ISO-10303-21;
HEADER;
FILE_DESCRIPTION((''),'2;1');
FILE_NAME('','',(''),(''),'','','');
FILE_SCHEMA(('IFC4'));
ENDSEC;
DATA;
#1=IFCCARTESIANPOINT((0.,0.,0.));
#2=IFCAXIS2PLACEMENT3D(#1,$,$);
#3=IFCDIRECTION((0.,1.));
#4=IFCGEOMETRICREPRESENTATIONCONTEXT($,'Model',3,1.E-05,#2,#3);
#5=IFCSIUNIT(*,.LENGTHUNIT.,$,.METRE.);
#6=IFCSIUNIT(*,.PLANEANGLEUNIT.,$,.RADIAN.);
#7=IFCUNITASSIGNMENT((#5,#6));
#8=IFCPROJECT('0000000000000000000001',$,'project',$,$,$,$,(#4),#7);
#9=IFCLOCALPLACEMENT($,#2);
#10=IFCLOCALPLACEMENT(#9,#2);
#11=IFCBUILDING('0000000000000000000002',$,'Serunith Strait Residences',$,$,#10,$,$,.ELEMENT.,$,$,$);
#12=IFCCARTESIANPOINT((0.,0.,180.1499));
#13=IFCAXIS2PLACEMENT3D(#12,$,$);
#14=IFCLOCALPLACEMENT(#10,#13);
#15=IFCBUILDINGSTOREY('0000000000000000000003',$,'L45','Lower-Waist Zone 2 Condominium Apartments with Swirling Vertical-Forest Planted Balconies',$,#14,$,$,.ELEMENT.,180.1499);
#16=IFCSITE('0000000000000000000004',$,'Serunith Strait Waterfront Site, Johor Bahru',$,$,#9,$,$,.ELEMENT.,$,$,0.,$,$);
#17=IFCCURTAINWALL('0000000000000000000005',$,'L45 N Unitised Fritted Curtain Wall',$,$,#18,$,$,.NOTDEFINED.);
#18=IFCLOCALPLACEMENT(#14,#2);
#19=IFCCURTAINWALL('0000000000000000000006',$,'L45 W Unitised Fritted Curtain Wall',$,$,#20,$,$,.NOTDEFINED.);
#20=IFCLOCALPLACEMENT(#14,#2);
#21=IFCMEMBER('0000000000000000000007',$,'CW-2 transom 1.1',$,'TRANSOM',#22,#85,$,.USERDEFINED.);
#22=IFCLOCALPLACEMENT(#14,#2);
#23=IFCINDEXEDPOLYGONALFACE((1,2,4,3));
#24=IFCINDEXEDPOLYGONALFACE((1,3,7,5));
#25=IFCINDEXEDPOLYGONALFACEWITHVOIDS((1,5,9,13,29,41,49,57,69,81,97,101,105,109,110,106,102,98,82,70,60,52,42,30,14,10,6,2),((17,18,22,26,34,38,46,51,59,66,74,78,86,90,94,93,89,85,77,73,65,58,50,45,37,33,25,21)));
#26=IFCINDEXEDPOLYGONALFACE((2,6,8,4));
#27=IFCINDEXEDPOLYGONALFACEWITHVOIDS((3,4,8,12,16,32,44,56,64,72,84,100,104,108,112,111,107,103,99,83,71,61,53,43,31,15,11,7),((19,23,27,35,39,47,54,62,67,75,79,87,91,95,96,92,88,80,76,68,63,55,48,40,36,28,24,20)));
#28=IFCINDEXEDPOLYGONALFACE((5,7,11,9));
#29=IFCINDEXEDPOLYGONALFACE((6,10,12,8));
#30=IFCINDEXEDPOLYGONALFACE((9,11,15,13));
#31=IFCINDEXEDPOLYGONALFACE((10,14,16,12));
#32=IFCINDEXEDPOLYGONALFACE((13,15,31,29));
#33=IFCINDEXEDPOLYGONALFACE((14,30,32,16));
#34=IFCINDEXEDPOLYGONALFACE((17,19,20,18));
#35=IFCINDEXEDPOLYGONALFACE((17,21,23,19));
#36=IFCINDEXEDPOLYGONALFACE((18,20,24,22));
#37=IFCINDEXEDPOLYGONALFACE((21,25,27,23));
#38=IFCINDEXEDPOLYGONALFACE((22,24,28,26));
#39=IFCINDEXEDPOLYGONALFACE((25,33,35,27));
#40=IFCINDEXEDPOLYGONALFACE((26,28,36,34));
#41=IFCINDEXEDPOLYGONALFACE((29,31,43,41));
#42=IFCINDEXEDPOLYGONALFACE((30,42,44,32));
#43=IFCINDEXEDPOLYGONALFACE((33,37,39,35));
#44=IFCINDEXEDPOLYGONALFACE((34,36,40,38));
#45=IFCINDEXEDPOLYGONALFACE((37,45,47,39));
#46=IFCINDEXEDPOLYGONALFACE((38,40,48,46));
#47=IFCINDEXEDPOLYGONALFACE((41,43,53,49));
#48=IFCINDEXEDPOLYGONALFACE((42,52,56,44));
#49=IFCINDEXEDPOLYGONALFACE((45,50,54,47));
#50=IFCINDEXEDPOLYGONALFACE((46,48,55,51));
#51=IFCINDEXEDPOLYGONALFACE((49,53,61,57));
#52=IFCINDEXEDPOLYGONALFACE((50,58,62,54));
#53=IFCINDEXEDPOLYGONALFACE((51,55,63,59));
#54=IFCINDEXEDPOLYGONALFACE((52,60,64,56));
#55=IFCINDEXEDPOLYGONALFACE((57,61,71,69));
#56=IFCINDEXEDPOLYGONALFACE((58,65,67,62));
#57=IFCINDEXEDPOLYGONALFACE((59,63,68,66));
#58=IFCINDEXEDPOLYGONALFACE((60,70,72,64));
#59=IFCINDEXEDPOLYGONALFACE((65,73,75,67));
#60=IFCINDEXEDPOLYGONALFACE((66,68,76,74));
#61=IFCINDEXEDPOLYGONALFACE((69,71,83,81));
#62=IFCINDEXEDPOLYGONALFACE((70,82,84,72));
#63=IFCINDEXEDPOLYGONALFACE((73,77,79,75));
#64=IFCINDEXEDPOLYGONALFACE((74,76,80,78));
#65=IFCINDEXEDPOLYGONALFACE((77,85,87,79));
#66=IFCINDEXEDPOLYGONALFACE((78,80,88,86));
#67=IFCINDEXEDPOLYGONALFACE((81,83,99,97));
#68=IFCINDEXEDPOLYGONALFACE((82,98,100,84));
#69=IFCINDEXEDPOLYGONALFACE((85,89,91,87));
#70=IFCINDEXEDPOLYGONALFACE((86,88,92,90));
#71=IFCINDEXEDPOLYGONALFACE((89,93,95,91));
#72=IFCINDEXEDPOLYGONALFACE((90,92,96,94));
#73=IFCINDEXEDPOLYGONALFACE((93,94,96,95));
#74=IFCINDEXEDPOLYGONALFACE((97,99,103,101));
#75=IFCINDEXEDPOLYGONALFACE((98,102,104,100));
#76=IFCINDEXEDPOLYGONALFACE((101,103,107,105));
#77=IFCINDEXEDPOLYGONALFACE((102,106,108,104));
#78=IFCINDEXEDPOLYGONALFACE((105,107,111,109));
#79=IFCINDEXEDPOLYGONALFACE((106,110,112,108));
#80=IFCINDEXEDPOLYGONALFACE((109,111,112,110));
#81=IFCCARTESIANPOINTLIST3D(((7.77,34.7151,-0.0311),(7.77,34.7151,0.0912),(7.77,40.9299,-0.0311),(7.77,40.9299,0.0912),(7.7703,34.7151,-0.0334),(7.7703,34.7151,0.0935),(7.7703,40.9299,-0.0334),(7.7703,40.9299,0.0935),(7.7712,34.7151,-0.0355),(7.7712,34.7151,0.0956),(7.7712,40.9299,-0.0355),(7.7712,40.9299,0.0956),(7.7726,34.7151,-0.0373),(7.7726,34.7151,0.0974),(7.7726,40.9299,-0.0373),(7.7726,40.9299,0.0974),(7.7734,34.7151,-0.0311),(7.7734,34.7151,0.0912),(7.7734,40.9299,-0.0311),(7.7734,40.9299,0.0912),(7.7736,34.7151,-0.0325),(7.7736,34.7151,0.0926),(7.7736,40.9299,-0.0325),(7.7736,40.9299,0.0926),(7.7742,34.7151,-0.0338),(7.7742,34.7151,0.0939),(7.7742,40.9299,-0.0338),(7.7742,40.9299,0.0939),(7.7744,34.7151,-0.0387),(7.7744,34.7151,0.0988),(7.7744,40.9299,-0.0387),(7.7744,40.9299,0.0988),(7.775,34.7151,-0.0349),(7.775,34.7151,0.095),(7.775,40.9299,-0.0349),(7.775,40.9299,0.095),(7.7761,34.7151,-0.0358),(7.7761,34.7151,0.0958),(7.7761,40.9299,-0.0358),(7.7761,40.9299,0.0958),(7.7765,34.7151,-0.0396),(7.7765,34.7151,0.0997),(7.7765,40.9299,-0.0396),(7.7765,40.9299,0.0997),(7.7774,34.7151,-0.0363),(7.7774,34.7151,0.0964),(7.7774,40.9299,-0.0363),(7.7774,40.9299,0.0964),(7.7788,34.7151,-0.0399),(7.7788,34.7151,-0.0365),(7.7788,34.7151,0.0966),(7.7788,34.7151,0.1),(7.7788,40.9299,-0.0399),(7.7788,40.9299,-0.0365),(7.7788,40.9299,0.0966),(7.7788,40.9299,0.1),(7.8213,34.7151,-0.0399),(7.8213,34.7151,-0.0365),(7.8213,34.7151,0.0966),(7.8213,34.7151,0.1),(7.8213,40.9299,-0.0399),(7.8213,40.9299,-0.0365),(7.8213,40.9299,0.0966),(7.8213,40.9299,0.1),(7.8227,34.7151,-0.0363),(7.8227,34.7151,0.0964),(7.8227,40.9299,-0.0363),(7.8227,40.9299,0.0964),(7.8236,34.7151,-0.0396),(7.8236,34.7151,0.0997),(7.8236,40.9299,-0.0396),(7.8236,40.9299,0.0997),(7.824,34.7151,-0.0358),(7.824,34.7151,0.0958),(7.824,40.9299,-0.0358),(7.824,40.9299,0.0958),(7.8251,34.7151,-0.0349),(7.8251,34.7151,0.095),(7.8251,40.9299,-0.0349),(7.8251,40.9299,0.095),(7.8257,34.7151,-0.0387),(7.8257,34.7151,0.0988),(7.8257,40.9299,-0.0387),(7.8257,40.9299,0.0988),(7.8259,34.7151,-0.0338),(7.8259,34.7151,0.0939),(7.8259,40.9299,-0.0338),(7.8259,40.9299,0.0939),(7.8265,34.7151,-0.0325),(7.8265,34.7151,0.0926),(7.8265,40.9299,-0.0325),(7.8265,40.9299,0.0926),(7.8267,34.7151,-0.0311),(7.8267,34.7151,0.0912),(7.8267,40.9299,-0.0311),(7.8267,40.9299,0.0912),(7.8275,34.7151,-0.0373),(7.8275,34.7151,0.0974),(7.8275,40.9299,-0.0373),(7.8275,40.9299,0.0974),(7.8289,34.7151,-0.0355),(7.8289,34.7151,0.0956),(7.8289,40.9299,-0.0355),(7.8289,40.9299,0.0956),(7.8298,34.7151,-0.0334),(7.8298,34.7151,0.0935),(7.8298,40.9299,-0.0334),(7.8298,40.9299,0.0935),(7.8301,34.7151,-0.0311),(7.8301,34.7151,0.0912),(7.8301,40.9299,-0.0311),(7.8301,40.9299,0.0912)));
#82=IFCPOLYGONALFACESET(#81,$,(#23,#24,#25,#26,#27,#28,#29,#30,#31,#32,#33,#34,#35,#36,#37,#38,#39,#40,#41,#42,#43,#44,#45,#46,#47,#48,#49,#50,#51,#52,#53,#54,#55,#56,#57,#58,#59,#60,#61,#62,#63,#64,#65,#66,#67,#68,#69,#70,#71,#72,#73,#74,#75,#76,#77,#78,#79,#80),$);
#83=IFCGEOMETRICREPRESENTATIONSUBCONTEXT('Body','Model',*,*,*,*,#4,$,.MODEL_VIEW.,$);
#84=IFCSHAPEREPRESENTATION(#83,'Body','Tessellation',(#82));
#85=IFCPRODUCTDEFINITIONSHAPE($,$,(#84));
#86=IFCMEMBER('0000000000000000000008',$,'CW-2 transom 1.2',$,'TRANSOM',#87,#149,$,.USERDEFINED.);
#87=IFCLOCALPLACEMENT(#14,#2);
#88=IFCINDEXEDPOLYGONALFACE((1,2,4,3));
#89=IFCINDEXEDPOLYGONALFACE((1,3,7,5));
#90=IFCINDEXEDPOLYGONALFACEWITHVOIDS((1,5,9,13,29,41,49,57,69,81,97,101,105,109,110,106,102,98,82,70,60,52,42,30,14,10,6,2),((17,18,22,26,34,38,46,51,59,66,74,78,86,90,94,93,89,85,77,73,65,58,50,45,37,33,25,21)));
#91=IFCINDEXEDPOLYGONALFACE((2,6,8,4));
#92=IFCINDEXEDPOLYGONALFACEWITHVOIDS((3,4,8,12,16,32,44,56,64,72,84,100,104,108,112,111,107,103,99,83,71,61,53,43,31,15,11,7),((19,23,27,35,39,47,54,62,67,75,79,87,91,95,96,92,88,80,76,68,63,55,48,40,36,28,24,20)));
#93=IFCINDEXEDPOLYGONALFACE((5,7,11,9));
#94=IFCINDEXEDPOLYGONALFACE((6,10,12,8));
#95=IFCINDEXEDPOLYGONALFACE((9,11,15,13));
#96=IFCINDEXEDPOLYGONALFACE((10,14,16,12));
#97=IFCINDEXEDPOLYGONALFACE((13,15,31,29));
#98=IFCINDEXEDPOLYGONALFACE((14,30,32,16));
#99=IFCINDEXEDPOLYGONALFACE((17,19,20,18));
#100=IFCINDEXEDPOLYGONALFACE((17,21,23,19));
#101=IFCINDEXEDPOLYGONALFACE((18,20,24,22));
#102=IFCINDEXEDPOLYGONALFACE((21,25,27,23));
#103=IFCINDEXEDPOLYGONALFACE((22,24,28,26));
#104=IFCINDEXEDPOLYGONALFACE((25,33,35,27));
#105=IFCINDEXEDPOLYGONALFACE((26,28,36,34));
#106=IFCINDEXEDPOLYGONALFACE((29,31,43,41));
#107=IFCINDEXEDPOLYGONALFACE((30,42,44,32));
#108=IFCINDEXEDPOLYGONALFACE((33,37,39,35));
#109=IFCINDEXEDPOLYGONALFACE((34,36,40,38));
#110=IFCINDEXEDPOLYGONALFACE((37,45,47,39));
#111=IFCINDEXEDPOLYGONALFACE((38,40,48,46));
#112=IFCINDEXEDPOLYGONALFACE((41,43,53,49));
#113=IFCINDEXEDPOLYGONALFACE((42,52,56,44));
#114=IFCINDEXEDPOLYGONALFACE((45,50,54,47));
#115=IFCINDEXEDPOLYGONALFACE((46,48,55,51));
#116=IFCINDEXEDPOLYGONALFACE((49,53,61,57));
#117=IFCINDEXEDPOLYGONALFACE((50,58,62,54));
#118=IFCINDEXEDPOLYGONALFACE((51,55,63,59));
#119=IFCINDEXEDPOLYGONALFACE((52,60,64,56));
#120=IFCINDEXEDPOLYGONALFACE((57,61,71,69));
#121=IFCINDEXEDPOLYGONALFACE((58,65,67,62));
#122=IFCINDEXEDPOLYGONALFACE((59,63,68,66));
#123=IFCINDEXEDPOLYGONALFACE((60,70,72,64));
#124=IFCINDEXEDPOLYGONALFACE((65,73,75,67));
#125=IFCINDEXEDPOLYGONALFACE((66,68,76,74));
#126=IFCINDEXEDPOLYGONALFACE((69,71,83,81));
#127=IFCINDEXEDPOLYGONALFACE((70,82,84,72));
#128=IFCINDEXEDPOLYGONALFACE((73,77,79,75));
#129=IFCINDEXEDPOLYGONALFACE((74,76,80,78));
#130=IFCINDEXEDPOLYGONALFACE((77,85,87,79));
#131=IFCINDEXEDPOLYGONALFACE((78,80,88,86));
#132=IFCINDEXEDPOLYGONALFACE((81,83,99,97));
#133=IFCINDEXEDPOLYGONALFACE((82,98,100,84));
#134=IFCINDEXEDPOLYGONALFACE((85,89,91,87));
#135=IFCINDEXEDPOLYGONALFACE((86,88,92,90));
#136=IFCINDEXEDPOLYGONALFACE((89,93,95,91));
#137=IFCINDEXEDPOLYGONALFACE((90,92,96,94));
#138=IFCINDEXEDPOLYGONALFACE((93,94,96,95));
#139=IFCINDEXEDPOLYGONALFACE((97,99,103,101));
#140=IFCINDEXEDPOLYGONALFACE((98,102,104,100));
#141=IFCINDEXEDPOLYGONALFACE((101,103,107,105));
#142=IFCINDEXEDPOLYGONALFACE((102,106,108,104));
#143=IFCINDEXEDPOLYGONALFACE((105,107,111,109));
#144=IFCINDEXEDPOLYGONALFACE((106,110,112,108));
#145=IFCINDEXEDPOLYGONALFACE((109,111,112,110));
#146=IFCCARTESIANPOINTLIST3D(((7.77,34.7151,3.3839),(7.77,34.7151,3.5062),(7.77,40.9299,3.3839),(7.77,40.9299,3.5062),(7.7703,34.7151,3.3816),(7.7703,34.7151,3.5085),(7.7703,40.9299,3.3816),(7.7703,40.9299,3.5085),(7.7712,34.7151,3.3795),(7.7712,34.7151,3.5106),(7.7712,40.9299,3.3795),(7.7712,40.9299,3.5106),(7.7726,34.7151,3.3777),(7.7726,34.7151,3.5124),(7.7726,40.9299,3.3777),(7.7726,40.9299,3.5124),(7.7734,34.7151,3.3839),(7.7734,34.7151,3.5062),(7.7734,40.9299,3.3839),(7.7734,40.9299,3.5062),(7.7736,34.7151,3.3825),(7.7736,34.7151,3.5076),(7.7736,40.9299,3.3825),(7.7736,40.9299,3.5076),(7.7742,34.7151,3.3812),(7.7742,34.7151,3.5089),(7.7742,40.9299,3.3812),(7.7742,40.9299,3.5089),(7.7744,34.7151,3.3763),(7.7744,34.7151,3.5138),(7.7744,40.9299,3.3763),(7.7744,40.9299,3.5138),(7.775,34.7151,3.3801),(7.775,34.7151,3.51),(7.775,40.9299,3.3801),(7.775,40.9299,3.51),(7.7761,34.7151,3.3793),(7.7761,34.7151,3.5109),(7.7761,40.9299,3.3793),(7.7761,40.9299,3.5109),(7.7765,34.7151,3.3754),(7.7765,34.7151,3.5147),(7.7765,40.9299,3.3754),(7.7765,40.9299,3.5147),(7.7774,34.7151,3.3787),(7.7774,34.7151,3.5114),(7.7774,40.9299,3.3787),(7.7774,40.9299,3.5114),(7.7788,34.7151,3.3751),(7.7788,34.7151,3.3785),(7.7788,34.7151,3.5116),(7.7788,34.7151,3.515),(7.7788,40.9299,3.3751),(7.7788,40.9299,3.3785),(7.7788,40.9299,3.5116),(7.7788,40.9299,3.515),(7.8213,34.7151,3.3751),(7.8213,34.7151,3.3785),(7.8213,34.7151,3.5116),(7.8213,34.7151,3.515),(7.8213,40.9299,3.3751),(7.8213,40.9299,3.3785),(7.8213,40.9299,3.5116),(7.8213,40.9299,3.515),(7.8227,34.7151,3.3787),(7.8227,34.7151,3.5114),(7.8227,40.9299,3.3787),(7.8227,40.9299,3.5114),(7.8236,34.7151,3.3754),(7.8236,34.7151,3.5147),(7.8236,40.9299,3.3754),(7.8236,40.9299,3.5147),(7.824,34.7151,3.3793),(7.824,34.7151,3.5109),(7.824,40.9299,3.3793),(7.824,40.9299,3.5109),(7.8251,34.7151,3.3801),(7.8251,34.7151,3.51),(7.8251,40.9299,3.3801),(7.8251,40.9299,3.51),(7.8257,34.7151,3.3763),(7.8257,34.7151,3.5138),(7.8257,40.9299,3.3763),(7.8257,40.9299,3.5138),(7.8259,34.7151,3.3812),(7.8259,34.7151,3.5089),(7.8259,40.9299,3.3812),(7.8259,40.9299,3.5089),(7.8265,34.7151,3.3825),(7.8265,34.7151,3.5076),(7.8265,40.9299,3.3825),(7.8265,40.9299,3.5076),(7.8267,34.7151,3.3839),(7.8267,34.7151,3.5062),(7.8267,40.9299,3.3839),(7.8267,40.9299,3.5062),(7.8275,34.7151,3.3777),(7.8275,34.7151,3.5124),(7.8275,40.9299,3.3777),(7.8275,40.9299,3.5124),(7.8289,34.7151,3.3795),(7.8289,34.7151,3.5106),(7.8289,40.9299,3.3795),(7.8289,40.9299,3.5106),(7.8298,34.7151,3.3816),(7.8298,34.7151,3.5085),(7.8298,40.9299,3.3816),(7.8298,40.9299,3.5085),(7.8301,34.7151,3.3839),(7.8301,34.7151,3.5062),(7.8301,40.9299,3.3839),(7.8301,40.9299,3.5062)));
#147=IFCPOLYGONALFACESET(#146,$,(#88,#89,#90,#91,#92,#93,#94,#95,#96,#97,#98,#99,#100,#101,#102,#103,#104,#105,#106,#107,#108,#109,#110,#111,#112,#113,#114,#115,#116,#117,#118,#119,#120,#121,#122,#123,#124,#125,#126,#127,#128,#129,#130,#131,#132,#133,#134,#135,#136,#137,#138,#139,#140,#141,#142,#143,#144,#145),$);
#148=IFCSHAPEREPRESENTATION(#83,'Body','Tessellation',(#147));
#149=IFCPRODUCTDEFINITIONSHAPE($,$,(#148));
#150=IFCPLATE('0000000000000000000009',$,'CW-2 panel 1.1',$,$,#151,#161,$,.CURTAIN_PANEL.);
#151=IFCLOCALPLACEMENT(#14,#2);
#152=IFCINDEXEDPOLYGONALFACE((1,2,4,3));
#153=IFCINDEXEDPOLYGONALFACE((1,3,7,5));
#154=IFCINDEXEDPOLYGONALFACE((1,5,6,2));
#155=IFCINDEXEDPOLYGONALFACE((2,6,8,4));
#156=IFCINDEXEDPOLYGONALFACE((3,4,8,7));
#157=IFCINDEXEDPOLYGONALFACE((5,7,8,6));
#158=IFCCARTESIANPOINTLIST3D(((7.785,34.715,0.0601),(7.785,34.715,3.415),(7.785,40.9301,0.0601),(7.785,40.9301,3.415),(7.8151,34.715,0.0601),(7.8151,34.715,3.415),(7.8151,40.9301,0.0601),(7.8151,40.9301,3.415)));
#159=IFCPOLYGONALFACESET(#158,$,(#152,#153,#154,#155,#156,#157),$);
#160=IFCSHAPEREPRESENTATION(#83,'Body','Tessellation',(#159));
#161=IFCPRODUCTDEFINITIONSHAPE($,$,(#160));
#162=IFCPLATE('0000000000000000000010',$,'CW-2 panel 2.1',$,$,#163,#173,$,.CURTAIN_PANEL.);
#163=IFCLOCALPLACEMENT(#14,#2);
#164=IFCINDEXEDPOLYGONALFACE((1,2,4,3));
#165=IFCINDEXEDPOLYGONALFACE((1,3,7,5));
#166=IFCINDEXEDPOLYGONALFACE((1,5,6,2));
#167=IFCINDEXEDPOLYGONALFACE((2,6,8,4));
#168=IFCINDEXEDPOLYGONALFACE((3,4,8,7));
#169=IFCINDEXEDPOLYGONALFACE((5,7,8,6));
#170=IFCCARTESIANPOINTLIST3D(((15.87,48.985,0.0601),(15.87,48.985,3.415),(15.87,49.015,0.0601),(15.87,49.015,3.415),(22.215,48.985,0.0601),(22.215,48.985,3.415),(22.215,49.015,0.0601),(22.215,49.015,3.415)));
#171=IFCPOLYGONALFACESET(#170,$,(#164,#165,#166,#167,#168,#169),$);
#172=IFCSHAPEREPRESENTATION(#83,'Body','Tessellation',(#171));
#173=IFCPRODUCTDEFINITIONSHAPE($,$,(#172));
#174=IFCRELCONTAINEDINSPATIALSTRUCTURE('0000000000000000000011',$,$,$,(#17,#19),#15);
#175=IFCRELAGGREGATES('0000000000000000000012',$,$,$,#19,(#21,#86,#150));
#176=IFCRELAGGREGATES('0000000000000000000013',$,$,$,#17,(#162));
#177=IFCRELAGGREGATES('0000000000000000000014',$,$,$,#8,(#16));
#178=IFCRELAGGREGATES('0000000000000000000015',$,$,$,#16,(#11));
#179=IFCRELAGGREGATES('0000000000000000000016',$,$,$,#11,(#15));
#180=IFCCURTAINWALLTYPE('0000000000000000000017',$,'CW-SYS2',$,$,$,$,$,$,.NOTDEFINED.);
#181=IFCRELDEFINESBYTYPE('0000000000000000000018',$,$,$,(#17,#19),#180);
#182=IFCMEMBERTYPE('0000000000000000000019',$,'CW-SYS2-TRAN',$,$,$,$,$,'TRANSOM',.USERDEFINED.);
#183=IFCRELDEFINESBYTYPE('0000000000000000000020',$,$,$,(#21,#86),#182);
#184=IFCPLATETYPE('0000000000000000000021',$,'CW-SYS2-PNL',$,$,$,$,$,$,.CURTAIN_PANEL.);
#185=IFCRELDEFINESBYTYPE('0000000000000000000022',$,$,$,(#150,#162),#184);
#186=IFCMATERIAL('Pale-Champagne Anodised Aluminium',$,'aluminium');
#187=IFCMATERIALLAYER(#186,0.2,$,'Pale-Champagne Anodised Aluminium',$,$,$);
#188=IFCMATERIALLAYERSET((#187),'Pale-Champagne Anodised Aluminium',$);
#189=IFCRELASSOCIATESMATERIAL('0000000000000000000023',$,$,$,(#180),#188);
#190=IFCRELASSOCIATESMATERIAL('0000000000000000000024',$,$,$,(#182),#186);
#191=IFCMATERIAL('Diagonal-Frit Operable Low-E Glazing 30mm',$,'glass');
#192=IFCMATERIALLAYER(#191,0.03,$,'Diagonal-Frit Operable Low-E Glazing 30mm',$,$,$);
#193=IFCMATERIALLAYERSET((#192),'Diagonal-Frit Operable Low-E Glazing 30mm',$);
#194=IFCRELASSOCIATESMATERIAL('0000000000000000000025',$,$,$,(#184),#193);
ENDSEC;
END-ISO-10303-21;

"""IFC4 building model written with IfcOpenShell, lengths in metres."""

from ifc_helpers import new_model, si_unit, direction, frame, origin, origin_2d, place, context, subcontext, project, spatial, rectangle, hollow_rectangle, extrude, source, transform, mapped, material, layer, layer_set, material_profile, profile_set, type_object, element, aggregate, save


model = new_model("IFC4")

# Units and contexts
model_context = context("Model", 3, precision=1e-05, world=origin(), true_north=direction((0.0, 1.0)))
body_context = subcontext(model_context, "Body", "Model", "MODEL_VIEW")
ifc_project = project(units=[si_unit("LENGTHUNIT", "METRE"), si_unit("PLANEANGLEUNIT", "RADIAN")], contexts=[model_context])

# Site, building, storey
site_placement = place(None, origin())
site = spatial("IfcSite", under=ifc_project, at=site_placement, Name="Serunith Strait Waterfront Site, Johor Bahru", CompositionType="ELEMENT", RefElevation=0.0)
building_placement = place(site_placement, origin())
building = spatial("IfcBuilding", under=site, at=building_placement, Name="Serunith Strait Residences", CompositionType="ELEMENT")
storey_placement = place(building_placement, frame((0.0, 0.0, 180.1499)))
storey = spatial("IfcBuildingStorey", under=building, at=storey_placement, Name="L45", Description="Lower-Waist Zone 2 Condominium Apartments with Swirling Vertical-Forest Planted Balconies", CompositionType="ELEMENT", Elevation=180.1499)

# Curtain wall
ifc_material_1 = material(Name="Pale-Champagne Anodised Aluminium", Category="aluminium")
ifc_layer_1 = layer(ifc_material_1, 0.2, Name="Pale-Champagne Anodised Aluminium")
ifc_layer_set_1 = layer_set([ifc_layer_1], Name="Pale-Champagne Anodised Aluminium")
curtain_wall_type = type_object("IfcCurtainWallType", Name="CW-SYS2", PredefinedType="NOTDEFINED", material=ifc_layer_set_1)
curtain_wall_1_placement = place(storey_placement, origin())
curtain_wall_1 = element("IfcCurtainWall", 1, at=curtain_wall_1_placement, inside=storey, type_object=curtain_wall_type, Name="L45 N Unitised Fritted Curtain Wall", PredefinedType="NOTDEFINED")

# Curtain wall, members, plate
curtain_wall_2_placement = place(storey_placement, origin())
curtain_wall_2 = element("IfcCurtainWall", 2, at=curtain_wall_2_placement, inside=storey, type_object=curtain_wall_type, Name="L45 W Unitised Fritted Curtain Wall", PredefinedType="NOTDEFINED")
ifc_material_profile_1 = material_profile(ifc_material_1, hollow_rectangle(XDim=0.0601, YDim=0.1399, WallThickness=0.0034, InnerFilletRadius=0.0054, OuterFilletRadius=0.0088, at=origin_2d()), Name="ALU 140x60x3.5")
ifc_profile_set_1 = profile_set([ifc_material_profile_1], Name="Pale-Champagne Anodised Aluminium")
member_type_1 = type_object("IfcMemberType", Name="CW-SYS2-TRAN", ElementType="TRANSOM", PredefinedType="USERDEFINED", material=ifc_profile_set_1)
shared_shape_1 = source(origin(), body_context, "Body", "SweptSolid", [
    extrude(hollow_rectangle(XDim=0.0601, YDim=0.1399, WallThickness=0.0034, InnerFilletRadius=0.0054, OuterFilletRadius=0.0088, at=origin_2d()), origin(), (0.0, 0.0, 1.0), 6.2148),
])
member_1_placement = place(storey_placement, frame((7.8, 40.9299, 0.03), z_axis=(0.0, -1.0, 0.0), x_axis=(1.0, 0.0, 0.0)))
member_1 = element("IfcMember", 3, at=member_1_placement, type_object=member_type_1, Name="CW-2 transom 1.1", ObjectType="TRANSOM", PredefinedType="USERDEFINED", context=body_context, shape_type="MappedRepresentation", body=[
    mapped(shared_shape_1, transform((0.0, 0.0, 0.0), scale=1.0)),
])
member_2_placement = place(storey_placement, frame((7.8, 40.9299, 3.4451), z_axis=(0.0, -1.0, 0.0), x_axis=(1.0, 0.0, 0.0)))
member_2 = element("IfcMember", 4, at=member_2_placement, type_object=member_type_1, Name="CW-2 transom 1.2", ObjectType="TRANSOM", PredefinedType="USERDEFINED", context=body_context, shape_type="MappedRepresentation", body=[
    mapped(shared_shape_1, transform((0.0, 0.0, 0.0), scale=1.0)),
])
ifc_material_2 = material(Name="Diagonal-Frit Operable Low-E Glazing 30mm", Category="glass")
ifc_layer_2 = layer(ifc_material_2, 0.03, Name="Diagonal-Frit Operable Low-E Glazing 30mm")
ifc_layer_set_2 = layer_set([ifc_layer_2], Name="Diagonal-Frit Operable Low-E Glazing 30mm")
plate_type = type_object("IfcPlateType", Name="CW-SYS2-PNL", PredefinedType="CURTAIN_PANEL", material=ifc_layer_set_2)
shared_shape_2 = source(origin(), body_context, "Body", "SweptSolid", [
    extrude(rectangle(XDim=6.2151, YDim=0.03, at=origin_2d()), origin(), (0.0, 0.0, 1.0), 3.355),
])
plate_1_placement = place(storey_placement, frame((7.8, 37.8225, 0.0601), z_axis=(0.0, 0.0, 1.0), x_axis=(0.0, -1.0, 0.0)))
plate_1 = element("IfcPlate", 5, at=plate_1_placement, type_object=plate_type, Name="CW-2 panel 1.1", PredefinedType="CURTAIN_PANEL", context=body_context, shape_type="MappedRepresentation", body=[
    mapped(shared_shape_2, transform((0.0, 0.0, 0.0), scale=1.0)),
])
aggregate(curtain_wall_2, [member_1, member_2, plate_1])

# Plate
shared_shape_3 = source(origin(), body_context, "Body", "SweptSolid", [
    extrude(rectangle(XDim=6.345, YDim=0.03, at=origin_2d()), origin(), (0.0, 0.0, 1.0), 3.355),
])
plate_2_placement = place(storey_placement, frame((19.0425, 49.0, 0.0601), z_axis=(0.0, 0.0, 1.0), x_axis=(-1.0, 0.0, 0.0)))
plate_2 = element("IfcPlate", 6, at=plate_2_placement, type_object=plate_type, Name="CW-2 panel 2.1", PredefinedType="CURTAIN_PANEL", context=body_context, shape_type="MappedRepresentation", body=[
    mapped(shared_shape_3, transform((0.0, 0.0, 0.0), scale=1.0)),
])
aggregate(curtain_wall_1, [plate_2])

save(model, "model.ifc")
